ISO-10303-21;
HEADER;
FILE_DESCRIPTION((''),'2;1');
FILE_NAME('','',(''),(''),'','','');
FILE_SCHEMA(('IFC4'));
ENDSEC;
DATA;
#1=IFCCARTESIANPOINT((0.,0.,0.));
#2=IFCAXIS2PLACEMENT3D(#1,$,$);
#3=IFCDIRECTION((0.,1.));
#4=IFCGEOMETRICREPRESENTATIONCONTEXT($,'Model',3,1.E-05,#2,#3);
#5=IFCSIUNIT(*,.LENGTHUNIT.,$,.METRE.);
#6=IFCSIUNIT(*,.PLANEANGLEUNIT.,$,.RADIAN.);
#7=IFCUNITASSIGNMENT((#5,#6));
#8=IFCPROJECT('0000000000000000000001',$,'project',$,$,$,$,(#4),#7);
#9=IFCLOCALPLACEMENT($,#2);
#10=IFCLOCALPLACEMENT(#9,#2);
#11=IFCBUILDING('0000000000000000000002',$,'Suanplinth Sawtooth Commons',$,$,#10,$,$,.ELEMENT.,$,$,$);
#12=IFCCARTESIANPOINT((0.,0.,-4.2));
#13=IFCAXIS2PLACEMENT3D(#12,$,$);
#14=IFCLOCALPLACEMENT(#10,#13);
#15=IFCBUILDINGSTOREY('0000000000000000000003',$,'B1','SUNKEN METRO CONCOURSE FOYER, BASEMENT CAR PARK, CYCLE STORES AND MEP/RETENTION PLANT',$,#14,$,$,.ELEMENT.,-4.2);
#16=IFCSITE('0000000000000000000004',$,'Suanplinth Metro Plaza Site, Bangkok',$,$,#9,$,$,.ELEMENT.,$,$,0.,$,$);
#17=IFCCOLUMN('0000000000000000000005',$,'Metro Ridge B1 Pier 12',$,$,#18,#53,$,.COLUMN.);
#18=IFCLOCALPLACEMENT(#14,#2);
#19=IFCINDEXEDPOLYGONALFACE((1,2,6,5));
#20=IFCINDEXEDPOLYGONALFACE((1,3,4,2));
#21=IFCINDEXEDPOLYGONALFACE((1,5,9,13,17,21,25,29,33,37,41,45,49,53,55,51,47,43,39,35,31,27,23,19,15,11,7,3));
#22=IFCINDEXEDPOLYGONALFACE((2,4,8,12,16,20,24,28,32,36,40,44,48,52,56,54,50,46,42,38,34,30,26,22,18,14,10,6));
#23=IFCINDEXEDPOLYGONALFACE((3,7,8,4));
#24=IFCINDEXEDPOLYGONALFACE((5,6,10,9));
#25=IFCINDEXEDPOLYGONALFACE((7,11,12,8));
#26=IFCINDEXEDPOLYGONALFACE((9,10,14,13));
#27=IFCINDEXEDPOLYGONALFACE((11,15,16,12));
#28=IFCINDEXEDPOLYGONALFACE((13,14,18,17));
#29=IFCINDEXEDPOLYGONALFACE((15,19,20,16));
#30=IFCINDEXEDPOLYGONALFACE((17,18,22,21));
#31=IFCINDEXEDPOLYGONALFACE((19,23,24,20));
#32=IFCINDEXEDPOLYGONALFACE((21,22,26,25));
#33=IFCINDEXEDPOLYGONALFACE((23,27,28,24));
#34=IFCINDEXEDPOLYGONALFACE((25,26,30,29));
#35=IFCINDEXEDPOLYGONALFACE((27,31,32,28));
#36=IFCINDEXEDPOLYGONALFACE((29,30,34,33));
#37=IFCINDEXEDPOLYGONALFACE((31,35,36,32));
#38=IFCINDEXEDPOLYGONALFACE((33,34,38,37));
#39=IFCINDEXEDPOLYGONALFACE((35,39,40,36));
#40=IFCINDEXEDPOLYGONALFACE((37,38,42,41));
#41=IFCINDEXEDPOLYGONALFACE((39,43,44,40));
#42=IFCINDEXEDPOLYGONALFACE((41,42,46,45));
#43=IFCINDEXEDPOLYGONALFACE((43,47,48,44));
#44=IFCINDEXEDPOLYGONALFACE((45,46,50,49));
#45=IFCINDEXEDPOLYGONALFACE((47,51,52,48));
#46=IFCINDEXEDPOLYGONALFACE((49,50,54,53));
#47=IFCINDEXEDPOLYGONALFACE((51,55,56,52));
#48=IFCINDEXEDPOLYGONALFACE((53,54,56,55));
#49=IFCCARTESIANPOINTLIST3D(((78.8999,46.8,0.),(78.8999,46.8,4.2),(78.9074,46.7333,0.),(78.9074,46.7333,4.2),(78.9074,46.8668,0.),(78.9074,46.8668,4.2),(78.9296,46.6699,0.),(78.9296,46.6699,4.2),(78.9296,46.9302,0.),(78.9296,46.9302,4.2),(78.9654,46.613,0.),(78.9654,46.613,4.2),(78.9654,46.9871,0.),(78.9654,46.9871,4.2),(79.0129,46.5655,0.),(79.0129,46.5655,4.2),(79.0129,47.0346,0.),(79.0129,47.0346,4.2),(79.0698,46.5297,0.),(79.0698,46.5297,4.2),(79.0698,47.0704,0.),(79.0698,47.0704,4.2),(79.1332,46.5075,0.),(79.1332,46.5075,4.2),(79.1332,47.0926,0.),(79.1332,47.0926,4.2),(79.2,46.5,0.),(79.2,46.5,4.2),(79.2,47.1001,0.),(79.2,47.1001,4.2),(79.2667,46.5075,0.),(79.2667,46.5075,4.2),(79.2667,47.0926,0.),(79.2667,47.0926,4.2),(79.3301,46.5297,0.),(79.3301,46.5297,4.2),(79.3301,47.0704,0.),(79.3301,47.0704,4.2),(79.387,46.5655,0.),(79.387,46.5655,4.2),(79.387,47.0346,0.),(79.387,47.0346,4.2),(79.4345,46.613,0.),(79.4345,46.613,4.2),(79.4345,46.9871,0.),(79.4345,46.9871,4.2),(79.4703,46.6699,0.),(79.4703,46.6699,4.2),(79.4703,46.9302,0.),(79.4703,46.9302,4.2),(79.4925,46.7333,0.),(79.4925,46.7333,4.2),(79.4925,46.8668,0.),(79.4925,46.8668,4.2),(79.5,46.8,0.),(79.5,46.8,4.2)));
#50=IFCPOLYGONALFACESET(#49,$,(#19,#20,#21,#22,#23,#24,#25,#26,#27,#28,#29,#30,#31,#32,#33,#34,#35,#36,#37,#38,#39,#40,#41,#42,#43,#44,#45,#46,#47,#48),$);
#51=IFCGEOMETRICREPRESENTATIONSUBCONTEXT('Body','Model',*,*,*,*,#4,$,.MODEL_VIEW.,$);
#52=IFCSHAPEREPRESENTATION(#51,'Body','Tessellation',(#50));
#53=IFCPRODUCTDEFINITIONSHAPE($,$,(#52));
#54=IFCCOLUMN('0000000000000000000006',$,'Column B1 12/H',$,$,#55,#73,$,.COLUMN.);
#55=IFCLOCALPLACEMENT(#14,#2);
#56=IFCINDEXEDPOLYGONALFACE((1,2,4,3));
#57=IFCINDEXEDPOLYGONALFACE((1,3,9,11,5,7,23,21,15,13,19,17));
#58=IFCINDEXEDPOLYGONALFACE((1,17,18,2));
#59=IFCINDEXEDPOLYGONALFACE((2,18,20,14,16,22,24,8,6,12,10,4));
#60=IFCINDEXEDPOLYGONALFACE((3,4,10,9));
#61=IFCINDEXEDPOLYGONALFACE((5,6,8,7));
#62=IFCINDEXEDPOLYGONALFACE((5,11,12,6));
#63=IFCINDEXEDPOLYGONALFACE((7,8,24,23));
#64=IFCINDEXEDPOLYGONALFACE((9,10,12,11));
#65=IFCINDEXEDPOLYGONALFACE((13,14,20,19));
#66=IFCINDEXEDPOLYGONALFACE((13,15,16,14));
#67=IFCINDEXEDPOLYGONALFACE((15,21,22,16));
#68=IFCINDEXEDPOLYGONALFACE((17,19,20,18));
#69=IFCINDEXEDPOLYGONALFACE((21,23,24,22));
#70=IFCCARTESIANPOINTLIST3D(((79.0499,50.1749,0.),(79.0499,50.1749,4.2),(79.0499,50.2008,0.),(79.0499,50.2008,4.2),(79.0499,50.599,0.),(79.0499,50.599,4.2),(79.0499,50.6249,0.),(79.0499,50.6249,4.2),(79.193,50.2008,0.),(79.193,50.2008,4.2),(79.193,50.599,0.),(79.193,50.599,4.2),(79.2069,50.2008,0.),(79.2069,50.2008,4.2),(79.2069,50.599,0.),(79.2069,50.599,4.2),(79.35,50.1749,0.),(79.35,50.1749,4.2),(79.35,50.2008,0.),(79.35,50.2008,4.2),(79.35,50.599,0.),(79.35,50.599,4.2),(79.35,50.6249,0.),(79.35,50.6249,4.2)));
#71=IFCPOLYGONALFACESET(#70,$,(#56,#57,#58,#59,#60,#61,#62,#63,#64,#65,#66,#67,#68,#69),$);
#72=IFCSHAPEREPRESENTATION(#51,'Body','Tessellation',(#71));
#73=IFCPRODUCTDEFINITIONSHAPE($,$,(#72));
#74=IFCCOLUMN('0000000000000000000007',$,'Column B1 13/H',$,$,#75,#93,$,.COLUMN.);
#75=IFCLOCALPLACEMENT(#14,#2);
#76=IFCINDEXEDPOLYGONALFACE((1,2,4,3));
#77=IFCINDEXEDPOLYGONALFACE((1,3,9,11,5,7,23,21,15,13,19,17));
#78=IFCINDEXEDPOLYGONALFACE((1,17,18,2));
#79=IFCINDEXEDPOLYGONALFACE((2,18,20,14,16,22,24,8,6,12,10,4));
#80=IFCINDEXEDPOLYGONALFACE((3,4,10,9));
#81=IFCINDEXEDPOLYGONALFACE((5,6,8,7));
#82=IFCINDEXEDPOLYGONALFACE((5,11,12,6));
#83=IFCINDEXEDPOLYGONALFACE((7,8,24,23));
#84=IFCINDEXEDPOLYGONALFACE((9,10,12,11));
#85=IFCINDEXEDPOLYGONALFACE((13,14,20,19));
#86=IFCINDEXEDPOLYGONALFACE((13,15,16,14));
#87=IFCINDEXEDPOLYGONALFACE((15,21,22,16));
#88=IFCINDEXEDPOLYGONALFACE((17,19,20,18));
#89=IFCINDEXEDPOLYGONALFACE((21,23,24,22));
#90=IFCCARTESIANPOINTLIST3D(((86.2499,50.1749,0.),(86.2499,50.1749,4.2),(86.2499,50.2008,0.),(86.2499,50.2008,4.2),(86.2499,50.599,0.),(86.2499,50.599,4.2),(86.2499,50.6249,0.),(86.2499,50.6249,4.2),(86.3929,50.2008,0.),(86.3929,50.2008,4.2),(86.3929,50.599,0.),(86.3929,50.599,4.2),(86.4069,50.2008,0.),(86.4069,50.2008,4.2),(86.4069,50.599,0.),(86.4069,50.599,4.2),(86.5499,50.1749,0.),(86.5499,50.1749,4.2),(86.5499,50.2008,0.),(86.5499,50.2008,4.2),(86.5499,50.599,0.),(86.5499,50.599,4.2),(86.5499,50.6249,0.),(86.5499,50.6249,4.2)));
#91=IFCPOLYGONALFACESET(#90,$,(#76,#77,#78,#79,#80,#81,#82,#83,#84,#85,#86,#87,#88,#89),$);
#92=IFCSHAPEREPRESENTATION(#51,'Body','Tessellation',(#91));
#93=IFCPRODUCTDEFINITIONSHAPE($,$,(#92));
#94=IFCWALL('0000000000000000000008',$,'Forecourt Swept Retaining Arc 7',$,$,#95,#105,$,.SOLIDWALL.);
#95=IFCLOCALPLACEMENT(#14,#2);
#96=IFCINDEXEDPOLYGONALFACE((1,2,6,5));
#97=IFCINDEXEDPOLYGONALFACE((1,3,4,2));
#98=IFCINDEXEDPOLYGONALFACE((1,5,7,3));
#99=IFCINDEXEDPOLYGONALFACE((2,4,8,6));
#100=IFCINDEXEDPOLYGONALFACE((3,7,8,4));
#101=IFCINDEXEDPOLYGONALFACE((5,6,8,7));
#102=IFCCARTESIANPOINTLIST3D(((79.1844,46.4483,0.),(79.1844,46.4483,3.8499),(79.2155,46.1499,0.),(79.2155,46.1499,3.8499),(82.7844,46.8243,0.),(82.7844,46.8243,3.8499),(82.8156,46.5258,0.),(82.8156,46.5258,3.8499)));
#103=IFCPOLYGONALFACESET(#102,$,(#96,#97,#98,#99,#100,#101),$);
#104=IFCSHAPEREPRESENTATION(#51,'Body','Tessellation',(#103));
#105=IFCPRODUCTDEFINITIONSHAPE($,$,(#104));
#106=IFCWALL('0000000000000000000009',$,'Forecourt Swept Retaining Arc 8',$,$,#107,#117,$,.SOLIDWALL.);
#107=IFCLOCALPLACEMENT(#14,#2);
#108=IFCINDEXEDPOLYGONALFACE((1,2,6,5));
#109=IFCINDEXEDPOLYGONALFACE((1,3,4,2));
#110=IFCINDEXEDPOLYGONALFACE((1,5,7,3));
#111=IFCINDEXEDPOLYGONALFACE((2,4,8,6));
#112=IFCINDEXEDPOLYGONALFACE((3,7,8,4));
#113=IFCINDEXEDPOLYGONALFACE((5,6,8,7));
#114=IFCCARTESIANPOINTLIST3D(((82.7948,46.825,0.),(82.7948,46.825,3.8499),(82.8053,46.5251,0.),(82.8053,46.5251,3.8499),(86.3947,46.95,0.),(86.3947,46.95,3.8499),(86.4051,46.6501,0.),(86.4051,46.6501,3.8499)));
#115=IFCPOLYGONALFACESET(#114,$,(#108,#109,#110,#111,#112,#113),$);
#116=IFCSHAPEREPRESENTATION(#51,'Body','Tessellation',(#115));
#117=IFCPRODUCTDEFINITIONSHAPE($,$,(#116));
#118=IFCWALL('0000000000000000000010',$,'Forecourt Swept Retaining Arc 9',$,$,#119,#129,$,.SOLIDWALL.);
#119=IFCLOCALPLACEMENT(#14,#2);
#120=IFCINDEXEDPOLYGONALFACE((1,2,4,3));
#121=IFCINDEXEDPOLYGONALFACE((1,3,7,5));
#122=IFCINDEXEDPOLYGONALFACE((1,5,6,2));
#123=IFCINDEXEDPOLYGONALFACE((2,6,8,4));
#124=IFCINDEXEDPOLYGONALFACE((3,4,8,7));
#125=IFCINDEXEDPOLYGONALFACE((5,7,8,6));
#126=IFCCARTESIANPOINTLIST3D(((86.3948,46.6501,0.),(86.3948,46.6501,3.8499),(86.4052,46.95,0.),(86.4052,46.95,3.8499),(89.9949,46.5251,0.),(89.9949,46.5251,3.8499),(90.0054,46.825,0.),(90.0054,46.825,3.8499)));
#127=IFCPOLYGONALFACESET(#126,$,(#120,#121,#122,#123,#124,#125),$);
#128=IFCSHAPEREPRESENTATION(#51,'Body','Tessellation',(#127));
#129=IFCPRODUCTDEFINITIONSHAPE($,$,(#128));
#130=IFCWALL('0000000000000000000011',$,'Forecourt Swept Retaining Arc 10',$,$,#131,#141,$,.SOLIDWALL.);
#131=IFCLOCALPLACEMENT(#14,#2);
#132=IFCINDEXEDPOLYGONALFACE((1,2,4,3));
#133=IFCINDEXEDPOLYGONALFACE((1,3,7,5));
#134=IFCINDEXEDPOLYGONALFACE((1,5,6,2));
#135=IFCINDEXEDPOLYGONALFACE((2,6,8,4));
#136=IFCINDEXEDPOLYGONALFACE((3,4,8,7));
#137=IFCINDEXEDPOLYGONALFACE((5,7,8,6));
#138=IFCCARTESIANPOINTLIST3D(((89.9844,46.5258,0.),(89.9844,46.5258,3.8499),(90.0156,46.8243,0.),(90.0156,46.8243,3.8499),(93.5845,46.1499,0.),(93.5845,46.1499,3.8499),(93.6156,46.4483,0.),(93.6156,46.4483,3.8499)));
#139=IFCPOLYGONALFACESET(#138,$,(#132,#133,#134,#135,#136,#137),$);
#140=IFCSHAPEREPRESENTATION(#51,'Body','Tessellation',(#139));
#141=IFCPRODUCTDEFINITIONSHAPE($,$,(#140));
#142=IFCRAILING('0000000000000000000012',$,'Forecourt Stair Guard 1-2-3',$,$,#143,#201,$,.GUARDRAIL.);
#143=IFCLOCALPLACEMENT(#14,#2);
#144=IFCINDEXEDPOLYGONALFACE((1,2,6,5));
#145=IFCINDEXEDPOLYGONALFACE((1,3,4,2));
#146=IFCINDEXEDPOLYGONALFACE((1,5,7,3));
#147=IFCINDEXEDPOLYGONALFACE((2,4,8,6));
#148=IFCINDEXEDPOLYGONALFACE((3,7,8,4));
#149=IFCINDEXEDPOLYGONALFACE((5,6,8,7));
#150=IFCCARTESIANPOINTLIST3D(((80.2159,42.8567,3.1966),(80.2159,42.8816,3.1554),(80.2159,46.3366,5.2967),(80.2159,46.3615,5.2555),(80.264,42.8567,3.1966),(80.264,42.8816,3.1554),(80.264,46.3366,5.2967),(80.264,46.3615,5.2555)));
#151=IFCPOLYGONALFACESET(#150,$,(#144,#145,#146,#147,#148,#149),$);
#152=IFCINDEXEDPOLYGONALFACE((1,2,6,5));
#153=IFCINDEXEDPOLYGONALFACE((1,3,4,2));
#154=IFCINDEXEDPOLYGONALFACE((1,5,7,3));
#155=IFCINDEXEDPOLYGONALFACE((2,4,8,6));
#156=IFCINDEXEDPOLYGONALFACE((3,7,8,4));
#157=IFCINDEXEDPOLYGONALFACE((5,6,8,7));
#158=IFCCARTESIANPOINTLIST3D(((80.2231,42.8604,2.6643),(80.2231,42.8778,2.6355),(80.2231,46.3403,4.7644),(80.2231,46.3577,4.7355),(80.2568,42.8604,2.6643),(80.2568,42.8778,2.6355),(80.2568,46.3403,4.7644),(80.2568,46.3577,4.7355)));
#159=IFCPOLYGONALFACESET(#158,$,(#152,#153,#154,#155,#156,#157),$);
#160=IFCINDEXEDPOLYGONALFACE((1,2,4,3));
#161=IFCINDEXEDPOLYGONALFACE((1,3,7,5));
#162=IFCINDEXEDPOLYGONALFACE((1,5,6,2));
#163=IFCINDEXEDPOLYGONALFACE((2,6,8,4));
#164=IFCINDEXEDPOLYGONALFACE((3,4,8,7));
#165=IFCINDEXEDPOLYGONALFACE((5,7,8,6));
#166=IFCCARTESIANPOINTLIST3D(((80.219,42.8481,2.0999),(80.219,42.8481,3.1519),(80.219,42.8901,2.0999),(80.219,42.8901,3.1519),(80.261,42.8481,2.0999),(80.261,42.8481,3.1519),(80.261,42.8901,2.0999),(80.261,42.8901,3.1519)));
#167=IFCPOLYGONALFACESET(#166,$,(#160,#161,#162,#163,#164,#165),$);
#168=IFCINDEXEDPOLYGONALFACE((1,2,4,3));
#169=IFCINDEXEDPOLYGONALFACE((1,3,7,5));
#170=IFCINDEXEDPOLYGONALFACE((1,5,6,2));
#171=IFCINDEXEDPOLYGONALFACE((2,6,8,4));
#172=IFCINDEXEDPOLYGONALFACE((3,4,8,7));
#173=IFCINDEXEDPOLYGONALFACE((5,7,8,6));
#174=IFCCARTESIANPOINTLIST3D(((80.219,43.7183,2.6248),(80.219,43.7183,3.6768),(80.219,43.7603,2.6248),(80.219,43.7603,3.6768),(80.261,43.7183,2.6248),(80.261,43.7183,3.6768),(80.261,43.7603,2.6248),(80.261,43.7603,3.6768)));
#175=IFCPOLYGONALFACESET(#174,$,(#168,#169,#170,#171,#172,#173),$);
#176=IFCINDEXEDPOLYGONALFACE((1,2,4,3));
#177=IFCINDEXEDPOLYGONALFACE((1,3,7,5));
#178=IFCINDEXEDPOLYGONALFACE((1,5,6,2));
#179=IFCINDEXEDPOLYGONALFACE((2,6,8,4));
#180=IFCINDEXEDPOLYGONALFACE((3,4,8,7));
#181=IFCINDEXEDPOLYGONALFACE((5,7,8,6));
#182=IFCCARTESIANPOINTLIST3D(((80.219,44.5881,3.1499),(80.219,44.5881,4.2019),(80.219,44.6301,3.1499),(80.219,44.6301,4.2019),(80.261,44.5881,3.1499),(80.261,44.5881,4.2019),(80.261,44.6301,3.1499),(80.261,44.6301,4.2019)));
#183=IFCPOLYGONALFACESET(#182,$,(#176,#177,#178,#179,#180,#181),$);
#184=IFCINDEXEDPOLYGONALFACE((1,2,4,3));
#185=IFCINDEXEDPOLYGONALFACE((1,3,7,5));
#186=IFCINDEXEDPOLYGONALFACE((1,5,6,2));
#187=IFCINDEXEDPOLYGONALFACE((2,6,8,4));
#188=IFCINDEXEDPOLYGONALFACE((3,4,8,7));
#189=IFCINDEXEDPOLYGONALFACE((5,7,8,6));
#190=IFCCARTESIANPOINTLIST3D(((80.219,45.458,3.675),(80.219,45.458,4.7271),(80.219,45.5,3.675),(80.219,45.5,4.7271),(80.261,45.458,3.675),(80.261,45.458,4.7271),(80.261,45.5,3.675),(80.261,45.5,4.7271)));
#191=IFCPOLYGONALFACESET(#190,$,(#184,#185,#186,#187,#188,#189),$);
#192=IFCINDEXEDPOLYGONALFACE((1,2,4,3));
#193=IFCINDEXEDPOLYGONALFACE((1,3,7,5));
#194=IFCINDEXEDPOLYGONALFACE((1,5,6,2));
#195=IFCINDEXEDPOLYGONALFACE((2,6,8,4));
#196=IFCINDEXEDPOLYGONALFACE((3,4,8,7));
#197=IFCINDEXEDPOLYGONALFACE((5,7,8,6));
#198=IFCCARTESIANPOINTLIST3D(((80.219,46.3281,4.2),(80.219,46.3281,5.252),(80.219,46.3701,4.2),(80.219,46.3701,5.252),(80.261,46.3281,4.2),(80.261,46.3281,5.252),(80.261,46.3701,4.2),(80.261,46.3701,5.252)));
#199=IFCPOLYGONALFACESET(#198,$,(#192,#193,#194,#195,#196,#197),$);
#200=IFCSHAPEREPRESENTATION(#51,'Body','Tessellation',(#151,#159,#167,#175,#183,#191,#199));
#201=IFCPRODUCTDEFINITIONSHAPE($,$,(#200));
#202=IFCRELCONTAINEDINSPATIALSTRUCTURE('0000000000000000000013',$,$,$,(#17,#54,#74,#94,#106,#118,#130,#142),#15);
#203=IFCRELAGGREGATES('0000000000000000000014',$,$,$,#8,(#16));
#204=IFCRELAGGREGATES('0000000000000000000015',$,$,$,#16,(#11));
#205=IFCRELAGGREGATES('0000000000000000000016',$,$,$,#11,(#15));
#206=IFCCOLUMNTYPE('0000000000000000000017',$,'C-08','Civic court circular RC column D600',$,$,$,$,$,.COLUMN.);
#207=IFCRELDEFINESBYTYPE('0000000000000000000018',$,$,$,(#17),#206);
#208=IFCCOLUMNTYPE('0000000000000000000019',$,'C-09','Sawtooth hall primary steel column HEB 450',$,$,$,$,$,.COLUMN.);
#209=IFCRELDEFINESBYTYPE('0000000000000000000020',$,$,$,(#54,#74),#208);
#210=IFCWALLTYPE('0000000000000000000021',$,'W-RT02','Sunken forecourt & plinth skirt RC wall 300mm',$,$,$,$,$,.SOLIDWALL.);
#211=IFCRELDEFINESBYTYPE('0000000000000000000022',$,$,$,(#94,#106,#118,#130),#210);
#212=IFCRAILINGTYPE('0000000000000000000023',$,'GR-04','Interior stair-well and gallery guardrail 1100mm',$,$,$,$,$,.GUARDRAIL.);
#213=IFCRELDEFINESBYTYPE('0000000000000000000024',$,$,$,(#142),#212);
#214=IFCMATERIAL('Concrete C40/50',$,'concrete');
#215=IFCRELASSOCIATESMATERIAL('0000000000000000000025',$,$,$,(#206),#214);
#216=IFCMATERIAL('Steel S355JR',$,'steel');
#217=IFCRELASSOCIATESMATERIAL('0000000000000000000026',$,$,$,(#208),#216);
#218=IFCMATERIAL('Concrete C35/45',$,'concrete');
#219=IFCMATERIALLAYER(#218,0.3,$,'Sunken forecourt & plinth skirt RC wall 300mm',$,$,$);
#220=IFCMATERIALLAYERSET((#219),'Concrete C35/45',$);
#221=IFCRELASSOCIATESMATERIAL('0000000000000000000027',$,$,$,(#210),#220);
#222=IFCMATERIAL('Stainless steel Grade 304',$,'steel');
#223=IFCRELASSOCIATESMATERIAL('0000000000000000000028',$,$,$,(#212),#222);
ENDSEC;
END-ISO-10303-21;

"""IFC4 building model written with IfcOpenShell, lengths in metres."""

from ifc_helpers import new_model, si_unit, direction, frame, frame_2d, origin, origin_2d, place, context, subcontext, project, spatial, rectangle, circle, i_section, extrude, material, layer, layer_set, material_profile, profile_set, type_object, element, save


model = new_model("IFC4")

# Units and contexts
model_context = context("Model", 3, precision=1e-05, world=origin(), true_north=direction((0.0, 1.0)))
body_context = subcontext(model_context, "Body", "Model", "MODEL_VIEW")
ifc_project = project(units=[si_unit("LENGTHUNIT", "METRE"), si_unit("PLANEANGLEUNIT", "RADIAN")], contexts=[model_context])

# Site, building, storey
site_placement = place(None, origin())
site = spatial("IfcSite", under=ifc_project, at=site_placement, Name="Suanplinth Metro Plaza Site, Bangkok", CompositionType="ELEMENT", RefElevation=0.0)
building_placement = place(site_placement, origin())
building = spatial("IfcBuilding", under=site, at=building_placement, Name="Suanplinth Sawtooth Commons", CompositionType="ELEMENT")
storey_placement = place(building_placement, frame((0.0, 0.0, -4.2)))
storey = spatial("IfcBuildingStorey", under=building, at=storey_placement, Name="B1", Description="SUNKEN METRO CONCOURSE FOYER, BASEMENT CAR PARK, CYCLE STORES AND MEP/RETENTION PLANT", CompositionType="ELEMENT", Elevation=-4.2)

# Shared definitions
ifc_material_1 = material(Name="Concrete C35/45", Category="concrete")

# Columns
ifc_material_2 = material(Name="Concrete C40/50", Category="concrete")
ifc_material_profile_1 = material_profile(ifc_material_2, circle(Radius=0.3, at=origin_2d()), Name="RC-CIRC D600")
ifc_profile_set_1 = profile_set([ifc_material_profile_1], Name="Concrete C40/50")
column_type_1 = type_object("IfcColumnType", Name="C-08", Description="Civic court circular RC column D600", PredefinedType="COLUMN", material=ifc_profile_set_1)
for number, where, z_axis, x_axis, name in (
    (1, (79.2, 46.8, 0.0), (0.0, 0.0, 1.0), (1.0, 0.0, 0.0), "Metro Ridge B1 Pier 12"),
):
    element("IfcColumn", number, at=place(storey_placement, frame(where, z_axis=z_axis, x_axis=x_axis)), inside=storey, type_object=column_type_1, Name=name, PredefinedType="COLUMN", context=body_context, shape_type="SweptSolid", body=[
        extrude(circle(Radius=0.3, at=origin_2d()), origin(), (0.0, 0.0, 1.0), 4.2),
    ])
ifc_material_3 = material(Name="Steel S355JR", Category="steel")
ifc_material_profile_2 = material_profile(ifc_material_3, i_section(OverallWidth=0.3, OverallDepth=0.45, WebThickness=0.0139, FlangeThickness=0.0259, at=origin_2d()), Name="HEB 450")
ifc_profile_set_2 = profile_set([ifc_material_profile_2], Name="Steel S355JR")
column_type_2 = type_object("IfcColumnType", Name="C-09", Description="Sawtooth hall primary steel column HEB 450", PredefinedType="COLUMN", material=ifc_profile_set_2)
for number, where, z_axis, x_axis, name in (
    (2, (79.2, 50.3999, 0.0), (0.0, 0.0, 1.0), (1.0, 0.0, 0.0), "Column B1 12/H"),
    (3, (86.3999, 50.3999, 0.0), (0.0, 0.0, 1.0), (1.0, 0.0, 0.0), "Column B1 13/H"),
):
    element("IfcColumn", number, at=place(storey_placement, frame(where, z_axis=z_axis, x_axis=x_axis)), inside=storey, type_object=column_type_2, Name=name, PredefinedType="COLUMN", context=body_context, shape_type="SweptSolid", body=[
        extrude(i_section(OverallWidth=0.3, OverallDepth=0.45, WebThickness=0.0139, FlangeThickness=0.0259, at=origin_2d()), origin(), (0.0, 0.0, 1.0), 4.2),
    ])

# Walls
ifc_layer = layer(ifc_material_1, 0.3, Name="Sunken forecourt & plinth skirt RC wall 300mm")
ifc_layer_set = layer_set([ifc_layer], Name="Concrete C35/45")
wall_type = type_object("IfcWallType", Name="W-RT02", Description="Sunken forecourt & plinth skirt RC wall 300mm", PredefinedType="SOLIDWALL", material=ifc_layer_set)
wall_1_placement = place(storey_placement, frame((79.2, 46.2991, 0.0), z_axis=(0.0, 0.0, 1.0), x_axis=(0.994591, 0.10387, 0.0)))
element("IfcWall", 4, at=wall_1_placement, inside=storey, type_object=wall_type, Name="Forecourt Swept Retaining Arc 7", PredefinedType="SOLIDWALL", context=body_context, shape_type="SweptSolid", body=[
    extrude(rectangle(XDim=3.6196, YDim=0.3, at=frame_2d((1.8098, 0.0))), origin(), (0.0, 0.0, 1.0), 3.8499),
])
wall_2_placement = place(storey_placement, frame((82.8, 46.675, 0.0), z_axis=(0.0, 0.0, 1.0), x_axis=(0.999398, 0.034703, 0.0)))
element("IfcWall", 5, at=wall_2_placement, inside=storey, type_object=wall_type, Name="Forecourt Swept Retaining Arc 8", PredefinedType="SOLIDWALL", context=body_context, shape_type="SweptSolid", body=[
    extrude(rectangle(XDim=3.6021, YDim=0.3, at=frame_2d((1.801, 0.0))), origin(), (0.0, 0.0, 1.0), 3.8499),
])
wall_3_placement = place(storey_placement, frame((86.3999, 46.8, 0.0), z_axis=(0.0, 0.0, 1.0), x_axis=(0.999398, -0.0347, 0.0)))
element("IfcWall", 6, at=wall_3_placement, inside=storey, type_object=wall_type, Name="Forecourt Swept Retaining Arc 9", PredefinedType="SOLIDWALL", context=body_context, shape_type="SweptSolid", body=[
    extrude(rectangle(XDim=3.6023, YDim=0.3, at=frame_2d((1.8013, 0.0))), origin(), (0.0, 0.0, 1.0), 3.8499),
])
wall_4_placement = place(storey_placement, frame((90.0, 46.675, 0.0), z_axis=(0.0, 0.0, 1.0), x_axis=(0.994591, -0.10387, 0.0)))
element("IfcWall", 7, at=wall_4_placement, inside=storey, type_object=wall_type, Name="Forecourt Swept Retaining Arc 10", PredefinedType="SOLIDWALL", context=body_context, shape_type="SweptSolid", body=[
    extrude(rectangle(XDim=3.6196, YDim=0.3, at=frame_2d((1.8098, 0.0))), origin(), (0.0, 0.0, 1.0), 3.8499),
])

# Railing
ifc_material_4 = material(Name="Stainless steel Grade 304", Category="steel")
railing_type_1 = type_object("IfcRailingType", Name="GR-04", Description="Interior stair-well and gallery guardrail 1100mm", PredefinedType="GUARDRAIL", material=ifc_material_4)
railing_1_placement = place(storey_placement, frame((80.24, 42.8691, 2.0999)))
element("IfcRailing", 8, at=railing_1_placement, inside=storey, type_object=railing_type_1, Name="Forecourt Stair Guard 1-2-3", PredefinedType="GUARDRAIL", context=body_context, shape_type="SweptSolid", body=[
    extrude(rectangle(XDim=0.0481, YDim=0.0481, at=origin_2d()), frame((0.0, 0.0, 1.0762), z_axis=(0.0, 0.856176, 0.516685), x_axis=(-1.0, 0.0, 0.0)), (0.0, 0.0, 1.0), 4.0645),
    extrude(rectangle(XDim=0.0337, YDim=0.0337, at=origin_2d()), frame((0.0, 0.0, 0.55), z_axis=(0.0, 0.856176, 0.516685), x_axis=(-1.0, 0.0, 0.0)), (0.0, 0.0, 1.0), 4.0645),
    extrude(rectangle(XDim=0.042, YDim=0.042, at=origin_2d()), origin(), (0.0, 0.0, 1.0), 1.052),
    extrude(rectangle(XDim=0.042, YDim=0.042, at=origin_2d()), frame((0.0, 0.8701, 0.5249)), (0.0, 0.0, 1.0), 1.052),
    extrude(rectangle(XDim=0.042, YDim=0.042, at=origin_2d()), frame((0.0, 1.74, 1.05)), (0.0, 0.0, 1.0), 1.052),
    extrude(rectangle(XDim=0.042, YDim=0.042, at=origin_2d()), frame((0.0, 2.6099, 1.5752)), (0.0, 0.0, 1.0), 1.052),
    extrude(rectangle(XDim=0.042, YDim=0.042, at=origin_2d()), frame((0.0, 3.48, 2.1001)), (0.0, 0.0, 1.0), 1.052),
])

save(model, "model.ifc")
